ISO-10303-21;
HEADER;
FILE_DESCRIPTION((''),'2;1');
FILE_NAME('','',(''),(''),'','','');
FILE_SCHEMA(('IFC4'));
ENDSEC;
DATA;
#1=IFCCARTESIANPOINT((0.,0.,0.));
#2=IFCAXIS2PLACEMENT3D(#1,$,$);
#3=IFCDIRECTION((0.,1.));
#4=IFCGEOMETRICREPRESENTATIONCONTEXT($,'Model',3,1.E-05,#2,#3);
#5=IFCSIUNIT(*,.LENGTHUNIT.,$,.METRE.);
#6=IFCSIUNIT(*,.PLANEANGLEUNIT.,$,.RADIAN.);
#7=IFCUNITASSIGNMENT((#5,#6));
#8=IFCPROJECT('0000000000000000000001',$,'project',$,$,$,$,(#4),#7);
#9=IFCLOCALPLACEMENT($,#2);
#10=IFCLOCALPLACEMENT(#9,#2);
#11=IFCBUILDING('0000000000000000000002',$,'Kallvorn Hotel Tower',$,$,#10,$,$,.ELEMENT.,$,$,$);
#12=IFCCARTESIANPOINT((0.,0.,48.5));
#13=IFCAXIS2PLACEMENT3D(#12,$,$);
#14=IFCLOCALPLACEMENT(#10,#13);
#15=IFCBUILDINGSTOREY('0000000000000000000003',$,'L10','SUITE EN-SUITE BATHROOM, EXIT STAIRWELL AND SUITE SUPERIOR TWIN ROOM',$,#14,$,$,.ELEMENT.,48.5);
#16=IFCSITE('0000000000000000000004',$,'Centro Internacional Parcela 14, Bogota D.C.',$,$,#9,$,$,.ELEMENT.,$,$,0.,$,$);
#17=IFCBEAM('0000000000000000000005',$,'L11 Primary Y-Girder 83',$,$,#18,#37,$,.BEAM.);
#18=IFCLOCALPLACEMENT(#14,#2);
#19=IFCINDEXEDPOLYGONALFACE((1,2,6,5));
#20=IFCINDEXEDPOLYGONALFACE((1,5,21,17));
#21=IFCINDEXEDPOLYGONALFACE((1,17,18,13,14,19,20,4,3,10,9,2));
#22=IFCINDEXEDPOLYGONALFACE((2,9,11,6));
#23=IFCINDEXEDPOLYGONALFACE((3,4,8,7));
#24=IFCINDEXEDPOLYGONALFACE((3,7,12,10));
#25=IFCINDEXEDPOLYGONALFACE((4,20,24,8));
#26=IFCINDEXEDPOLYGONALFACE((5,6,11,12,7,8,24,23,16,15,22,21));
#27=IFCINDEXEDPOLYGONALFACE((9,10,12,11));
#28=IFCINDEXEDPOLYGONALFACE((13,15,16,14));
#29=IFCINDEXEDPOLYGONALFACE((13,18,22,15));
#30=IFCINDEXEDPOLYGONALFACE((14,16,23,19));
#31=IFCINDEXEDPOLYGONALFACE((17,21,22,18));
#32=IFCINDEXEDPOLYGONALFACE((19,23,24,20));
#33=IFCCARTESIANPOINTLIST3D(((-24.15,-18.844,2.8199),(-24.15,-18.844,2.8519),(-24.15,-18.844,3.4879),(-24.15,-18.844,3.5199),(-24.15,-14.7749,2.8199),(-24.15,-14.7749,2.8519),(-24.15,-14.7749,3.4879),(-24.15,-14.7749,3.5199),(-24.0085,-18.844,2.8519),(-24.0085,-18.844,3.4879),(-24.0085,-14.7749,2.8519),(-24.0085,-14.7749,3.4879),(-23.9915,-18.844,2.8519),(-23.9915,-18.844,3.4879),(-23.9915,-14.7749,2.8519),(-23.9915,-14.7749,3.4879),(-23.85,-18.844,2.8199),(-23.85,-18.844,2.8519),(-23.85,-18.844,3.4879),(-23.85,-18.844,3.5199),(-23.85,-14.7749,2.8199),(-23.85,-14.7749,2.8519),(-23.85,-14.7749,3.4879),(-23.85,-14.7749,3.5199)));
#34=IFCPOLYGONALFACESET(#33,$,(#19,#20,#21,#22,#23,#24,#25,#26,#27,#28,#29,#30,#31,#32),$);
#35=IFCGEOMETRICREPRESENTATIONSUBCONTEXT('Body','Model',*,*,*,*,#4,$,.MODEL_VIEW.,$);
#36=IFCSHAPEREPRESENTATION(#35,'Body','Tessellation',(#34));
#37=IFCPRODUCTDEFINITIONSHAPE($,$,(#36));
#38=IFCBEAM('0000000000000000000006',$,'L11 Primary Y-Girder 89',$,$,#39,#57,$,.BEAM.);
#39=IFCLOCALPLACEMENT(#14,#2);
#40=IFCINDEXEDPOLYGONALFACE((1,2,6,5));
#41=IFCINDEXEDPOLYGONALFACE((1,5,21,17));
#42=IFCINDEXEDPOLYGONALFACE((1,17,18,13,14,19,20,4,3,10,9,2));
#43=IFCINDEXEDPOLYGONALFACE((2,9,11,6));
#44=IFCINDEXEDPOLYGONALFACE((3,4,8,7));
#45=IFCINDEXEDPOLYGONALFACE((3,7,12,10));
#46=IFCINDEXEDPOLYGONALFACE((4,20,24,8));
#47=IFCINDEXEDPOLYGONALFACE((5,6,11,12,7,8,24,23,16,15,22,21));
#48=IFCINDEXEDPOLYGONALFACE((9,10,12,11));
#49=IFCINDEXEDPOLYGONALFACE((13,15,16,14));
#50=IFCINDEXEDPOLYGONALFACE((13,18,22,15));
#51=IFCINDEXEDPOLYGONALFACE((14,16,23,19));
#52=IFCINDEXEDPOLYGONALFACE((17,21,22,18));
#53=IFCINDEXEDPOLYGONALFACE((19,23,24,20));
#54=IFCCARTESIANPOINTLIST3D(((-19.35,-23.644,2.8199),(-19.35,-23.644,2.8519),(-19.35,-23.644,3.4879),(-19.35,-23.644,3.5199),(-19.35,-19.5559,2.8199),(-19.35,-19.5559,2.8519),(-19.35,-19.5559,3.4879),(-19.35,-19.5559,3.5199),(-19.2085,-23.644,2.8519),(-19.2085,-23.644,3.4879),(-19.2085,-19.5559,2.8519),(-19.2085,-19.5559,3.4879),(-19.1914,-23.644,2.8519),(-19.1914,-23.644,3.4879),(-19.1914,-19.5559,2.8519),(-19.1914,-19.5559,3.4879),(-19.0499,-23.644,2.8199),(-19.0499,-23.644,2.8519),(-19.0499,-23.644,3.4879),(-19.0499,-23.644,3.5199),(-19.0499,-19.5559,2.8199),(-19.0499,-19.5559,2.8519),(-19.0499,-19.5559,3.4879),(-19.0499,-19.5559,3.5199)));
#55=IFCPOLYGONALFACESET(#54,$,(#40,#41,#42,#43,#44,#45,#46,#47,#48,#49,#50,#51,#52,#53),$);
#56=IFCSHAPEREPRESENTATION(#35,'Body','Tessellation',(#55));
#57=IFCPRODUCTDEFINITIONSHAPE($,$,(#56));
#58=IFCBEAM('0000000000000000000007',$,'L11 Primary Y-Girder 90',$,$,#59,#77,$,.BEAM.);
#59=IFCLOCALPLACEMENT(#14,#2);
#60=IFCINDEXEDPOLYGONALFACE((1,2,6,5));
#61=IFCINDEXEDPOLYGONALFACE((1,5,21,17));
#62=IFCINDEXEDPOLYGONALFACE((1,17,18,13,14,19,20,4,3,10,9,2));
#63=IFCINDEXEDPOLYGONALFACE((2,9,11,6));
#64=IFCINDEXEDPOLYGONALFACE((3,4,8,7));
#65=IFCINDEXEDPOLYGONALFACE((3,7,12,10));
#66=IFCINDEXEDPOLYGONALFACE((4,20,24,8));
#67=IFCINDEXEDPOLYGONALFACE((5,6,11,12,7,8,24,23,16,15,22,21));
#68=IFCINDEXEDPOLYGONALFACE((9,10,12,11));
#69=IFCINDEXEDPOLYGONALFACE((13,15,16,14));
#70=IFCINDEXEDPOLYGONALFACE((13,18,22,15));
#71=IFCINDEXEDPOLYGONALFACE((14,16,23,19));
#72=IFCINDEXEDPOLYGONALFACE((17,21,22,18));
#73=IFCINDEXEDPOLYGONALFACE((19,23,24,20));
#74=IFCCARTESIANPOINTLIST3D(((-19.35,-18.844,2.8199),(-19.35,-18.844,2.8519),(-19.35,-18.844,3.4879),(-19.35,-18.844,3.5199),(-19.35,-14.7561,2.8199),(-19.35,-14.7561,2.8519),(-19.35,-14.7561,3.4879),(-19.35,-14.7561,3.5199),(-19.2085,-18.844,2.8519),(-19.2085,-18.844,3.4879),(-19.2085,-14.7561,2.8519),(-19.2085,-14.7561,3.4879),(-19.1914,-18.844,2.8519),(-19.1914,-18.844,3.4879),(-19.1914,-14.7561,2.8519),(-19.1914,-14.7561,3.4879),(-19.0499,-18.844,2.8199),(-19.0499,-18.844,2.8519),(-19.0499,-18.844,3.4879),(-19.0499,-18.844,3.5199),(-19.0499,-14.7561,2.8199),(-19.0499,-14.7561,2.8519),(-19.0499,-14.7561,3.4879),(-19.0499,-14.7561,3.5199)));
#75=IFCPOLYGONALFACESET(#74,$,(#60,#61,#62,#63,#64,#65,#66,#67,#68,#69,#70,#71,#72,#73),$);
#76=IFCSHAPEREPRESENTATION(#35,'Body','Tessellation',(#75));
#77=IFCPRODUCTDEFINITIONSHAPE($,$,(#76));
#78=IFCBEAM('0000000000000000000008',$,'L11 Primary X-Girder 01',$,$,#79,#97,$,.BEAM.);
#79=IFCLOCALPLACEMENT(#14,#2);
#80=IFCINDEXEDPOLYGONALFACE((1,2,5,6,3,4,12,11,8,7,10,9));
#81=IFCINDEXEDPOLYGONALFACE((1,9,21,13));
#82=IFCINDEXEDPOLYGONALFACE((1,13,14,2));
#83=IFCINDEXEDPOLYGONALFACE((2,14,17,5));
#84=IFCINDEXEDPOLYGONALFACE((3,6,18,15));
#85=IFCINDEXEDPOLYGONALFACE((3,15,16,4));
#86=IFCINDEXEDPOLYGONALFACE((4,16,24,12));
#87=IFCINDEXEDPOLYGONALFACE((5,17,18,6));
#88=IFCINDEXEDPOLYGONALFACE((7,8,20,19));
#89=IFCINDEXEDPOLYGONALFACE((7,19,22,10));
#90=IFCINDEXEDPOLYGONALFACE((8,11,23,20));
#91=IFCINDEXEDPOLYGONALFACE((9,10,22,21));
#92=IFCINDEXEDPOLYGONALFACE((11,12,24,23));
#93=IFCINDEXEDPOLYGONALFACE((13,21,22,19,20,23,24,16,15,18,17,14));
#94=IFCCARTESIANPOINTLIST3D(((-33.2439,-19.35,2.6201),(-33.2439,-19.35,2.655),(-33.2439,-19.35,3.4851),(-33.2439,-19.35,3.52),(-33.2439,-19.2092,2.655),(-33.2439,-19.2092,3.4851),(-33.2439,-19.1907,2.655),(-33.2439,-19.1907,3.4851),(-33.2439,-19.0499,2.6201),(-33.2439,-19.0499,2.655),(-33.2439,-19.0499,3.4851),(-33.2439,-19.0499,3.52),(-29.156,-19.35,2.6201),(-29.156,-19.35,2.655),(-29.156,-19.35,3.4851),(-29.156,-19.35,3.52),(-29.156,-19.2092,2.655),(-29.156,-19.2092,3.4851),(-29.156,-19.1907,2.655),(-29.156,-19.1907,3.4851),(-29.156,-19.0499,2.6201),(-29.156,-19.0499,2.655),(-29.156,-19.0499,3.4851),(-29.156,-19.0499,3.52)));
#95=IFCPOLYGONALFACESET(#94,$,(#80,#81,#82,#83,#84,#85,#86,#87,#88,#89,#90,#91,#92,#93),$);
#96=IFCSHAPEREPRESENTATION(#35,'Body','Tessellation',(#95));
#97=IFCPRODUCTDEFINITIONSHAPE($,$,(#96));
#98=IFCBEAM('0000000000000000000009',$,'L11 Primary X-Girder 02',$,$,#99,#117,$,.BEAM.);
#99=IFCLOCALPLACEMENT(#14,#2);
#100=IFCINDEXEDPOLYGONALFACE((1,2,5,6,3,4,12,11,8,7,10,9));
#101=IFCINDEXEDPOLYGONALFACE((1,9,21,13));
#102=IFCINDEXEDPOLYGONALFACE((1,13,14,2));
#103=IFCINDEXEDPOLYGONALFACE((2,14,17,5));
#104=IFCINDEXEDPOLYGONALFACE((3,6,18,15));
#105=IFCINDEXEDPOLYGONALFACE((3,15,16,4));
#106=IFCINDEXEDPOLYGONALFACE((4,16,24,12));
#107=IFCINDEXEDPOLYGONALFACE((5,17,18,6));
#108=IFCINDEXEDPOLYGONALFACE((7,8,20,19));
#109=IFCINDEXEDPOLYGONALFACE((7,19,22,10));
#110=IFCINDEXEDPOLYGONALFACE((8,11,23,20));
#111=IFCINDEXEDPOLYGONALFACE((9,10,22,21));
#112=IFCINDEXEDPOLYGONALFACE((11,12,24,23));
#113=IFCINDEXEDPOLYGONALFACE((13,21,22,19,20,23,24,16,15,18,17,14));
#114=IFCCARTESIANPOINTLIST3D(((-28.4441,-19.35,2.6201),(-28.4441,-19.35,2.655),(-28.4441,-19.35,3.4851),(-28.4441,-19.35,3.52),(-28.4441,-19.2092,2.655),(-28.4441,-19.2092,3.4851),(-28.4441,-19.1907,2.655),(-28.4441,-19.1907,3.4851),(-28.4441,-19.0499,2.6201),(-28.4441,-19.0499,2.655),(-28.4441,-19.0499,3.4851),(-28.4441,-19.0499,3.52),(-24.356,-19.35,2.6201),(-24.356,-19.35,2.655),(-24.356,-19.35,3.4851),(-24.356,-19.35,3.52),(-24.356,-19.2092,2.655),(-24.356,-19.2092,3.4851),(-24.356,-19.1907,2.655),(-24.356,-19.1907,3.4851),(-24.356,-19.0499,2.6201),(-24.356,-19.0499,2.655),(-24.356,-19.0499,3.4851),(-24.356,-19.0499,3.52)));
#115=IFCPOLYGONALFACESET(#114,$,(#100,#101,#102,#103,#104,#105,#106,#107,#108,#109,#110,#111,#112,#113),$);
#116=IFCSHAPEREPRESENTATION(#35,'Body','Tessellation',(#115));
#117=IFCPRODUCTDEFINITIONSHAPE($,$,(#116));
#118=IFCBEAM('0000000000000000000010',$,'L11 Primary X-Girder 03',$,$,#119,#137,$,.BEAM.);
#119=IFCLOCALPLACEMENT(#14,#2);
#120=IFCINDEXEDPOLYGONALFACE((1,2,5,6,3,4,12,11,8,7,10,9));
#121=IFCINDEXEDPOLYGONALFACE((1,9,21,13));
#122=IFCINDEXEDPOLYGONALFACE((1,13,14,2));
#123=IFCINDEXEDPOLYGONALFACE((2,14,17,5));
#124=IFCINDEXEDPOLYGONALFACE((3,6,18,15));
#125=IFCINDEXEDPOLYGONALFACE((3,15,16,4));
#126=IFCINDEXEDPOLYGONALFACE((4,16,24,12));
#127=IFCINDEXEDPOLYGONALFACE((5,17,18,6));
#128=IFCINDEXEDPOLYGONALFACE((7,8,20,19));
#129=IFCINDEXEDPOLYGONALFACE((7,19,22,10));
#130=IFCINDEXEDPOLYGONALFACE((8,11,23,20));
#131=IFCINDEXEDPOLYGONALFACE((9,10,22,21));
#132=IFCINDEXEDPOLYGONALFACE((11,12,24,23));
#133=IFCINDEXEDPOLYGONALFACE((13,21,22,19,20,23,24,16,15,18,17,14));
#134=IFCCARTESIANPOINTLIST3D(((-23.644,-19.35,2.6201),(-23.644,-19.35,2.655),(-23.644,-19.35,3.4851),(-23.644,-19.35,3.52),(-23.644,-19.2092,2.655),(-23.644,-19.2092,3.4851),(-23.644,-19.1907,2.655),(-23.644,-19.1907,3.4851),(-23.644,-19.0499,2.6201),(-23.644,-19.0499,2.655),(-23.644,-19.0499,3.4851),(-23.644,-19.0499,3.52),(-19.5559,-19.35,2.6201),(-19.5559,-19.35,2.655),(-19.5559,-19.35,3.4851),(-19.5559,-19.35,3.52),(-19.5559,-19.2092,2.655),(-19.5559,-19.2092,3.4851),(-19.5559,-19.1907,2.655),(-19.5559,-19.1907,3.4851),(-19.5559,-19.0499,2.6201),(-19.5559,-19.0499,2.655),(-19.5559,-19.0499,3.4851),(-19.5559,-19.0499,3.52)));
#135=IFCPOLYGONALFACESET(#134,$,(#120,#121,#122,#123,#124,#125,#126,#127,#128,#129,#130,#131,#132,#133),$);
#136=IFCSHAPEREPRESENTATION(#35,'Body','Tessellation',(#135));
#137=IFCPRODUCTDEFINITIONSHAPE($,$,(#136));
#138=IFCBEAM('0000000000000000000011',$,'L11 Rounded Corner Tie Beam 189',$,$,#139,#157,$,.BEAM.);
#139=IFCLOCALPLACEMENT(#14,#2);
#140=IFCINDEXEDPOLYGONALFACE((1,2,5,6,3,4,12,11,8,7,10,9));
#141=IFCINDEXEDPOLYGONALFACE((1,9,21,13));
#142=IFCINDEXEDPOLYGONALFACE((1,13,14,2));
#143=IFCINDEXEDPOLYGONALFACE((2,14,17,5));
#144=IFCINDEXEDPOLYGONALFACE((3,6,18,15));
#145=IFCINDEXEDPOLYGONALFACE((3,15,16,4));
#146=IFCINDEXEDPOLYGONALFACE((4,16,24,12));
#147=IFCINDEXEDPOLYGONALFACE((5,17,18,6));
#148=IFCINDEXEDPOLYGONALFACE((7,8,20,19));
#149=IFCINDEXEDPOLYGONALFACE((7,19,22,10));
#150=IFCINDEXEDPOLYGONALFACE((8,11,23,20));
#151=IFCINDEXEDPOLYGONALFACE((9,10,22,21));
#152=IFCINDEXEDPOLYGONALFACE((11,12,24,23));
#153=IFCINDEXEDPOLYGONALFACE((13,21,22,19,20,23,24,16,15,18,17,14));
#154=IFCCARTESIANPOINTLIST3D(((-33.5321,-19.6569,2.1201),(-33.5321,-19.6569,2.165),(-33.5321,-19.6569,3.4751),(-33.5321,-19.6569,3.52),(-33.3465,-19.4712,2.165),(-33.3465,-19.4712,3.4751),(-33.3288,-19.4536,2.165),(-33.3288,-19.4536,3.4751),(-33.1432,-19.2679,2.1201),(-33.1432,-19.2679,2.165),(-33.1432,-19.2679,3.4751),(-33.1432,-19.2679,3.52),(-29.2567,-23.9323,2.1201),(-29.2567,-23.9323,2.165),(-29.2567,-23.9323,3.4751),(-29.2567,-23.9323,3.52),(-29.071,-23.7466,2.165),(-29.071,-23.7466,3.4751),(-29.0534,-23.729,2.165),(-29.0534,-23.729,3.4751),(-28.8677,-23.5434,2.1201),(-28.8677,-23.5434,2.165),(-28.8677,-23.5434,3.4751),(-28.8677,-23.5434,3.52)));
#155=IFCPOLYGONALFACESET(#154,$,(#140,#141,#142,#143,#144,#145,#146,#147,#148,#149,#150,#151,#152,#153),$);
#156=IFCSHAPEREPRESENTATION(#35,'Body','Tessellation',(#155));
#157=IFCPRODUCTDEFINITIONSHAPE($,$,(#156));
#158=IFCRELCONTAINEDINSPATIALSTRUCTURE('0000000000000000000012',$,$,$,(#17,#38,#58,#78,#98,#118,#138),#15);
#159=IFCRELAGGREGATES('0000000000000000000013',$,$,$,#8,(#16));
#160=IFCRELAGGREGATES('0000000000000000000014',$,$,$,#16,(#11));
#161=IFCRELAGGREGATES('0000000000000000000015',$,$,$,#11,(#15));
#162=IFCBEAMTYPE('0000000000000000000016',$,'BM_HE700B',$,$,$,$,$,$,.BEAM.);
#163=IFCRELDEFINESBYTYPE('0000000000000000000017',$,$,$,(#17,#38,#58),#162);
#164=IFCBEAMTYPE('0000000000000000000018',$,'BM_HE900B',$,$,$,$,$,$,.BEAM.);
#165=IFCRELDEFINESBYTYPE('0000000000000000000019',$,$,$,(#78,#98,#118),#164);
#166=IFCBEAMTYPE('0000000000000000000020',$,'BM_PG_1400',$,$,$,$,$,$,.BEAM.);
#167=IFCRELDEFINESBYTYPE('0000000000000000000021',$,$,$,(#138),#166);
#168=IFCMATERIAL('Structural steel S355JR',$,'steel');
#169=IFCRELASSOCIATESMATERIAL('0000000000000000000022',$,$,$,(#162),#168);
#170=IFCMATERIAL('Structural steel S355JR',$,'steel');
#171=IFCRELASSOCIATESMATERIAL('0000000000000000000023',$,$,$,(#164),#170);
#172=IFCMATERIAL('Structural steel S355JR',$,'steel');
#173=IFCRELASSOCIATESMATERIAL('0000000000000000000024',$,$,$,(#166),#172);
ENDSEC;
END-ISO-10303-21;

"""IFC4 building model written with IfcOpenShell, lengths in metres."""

from ifc_helpers import new_model, si_unit, direction, frame, origin, origin_2d, place, context, subcontext, project, spatial, i_section, extrude, material, material_profile, profile_set, type_object, element, save


model = new_model("IFC4")

# Units and contexts
model_context = context("Model", 3, precision=1e-05, world=origin(), true_north=direction((0.0, 1.0)))
body_context = subcontext(model_context, "Body", "Model", "MODEL_VIEW")
ifc_project = project(units=[si_unit("LENGTHUNIT", "METRE"), si_unit("PLANEANGLEUNIT", "RADIAN")], contexts=[model_context])

# Site, building, storey
site_placement = place(None, origin())
site = spatial("IfcSite", under=ifc_project, at=site_placement, Name="Centro Internacional Parcela 14, Bogota D.C.", CompositionType="ELEMENT", RefElevation=0.0)
building_placement = place(site_placement, origin())
building = spatial("IfcBuilding", under=site, at=building_placement, Name="Kallvorn Hotel Tower", CompositionType="ELEMENT")
storey_placement = place(building_placement, frame((0.0, 0.0, 48.5)))
storey = spatial("IfcBuildingStorey", under=building, at=storey_placement, Name="L10", Description="SUITE EN-SUITE BATHROOM, EXIT STAIRWELL AND SUITE SUPERIOR TWIN ROOM", CompositionType="ELEMENT", Elevation=48.5)

# Beams
ifc_material_1 = material(Name="Structural steel S355JR", Category="steel")
ifc_material_profile_1 = material_profile(ifc_material_1, i_section(OverallWidth=0.3, OverallDepth=0.7, WebThickness=0.0171, FlangeThickness=0.032, at=origin_2d()), Name="HE 700 B")
ifc_profile_set_1 = profile_set([ifc_material_profile_1], Name="Structural steel S355JR")
beam_type_1 = type_object("IfcBeamType", Name="BM_HE700B", PredefinedType="BEAM", material=ifc_profile_set_1)
beam_1_placement = place(storey_placement, frame((-24.0, -18.844, 3.1699), z_axis=(0.0, 1.0, 0.0), x_axis=(-1.0, 0.0, 0.0)))
element("IfcBeam", 1, at=beam_1_placement, inside=storey, type_object=beam_type_1, Name="L11 Primary Y-Girder 83", PredefinedType="BEAM", context=body_context, shape_type="SweptSolid", body=[
    extrude(i_section(OverallWidth=0.3, OverallDepth=0.7, WebThickness=0.0171, FlangeThickness=0.032, at=origin_2d()), origin(), (0.0, 0.0, 1.0), 4.0691),
])
beam_2_placement = place(storey_placement, frame((-19.2, -23.644, 3.1699), z_axis=(0.0, 1.0, 0.0), x_axis=(-1.0, 0.0, 0.0)))
element("IfcBeam", 2, at=beam_2_placement, inside=storey, type_object=beam_type_1, Name="L11 Primary Y-Girder 89", PredefinedType="BEAM", context=body_context, shape_type="SweptSolid", body=[
    extrude(i_section(OverallWidth=0.3, OverallDepth=0.7, WebThickness=0.0171, FlangeThickness=0.032, at=origin_2d()), origin(), (0.0, 0.0, 1.0), 4.0881),
])
beam_3_placement = place(storey_placement, frame((-19.2, -18.844, 3.1699), z_axis=(0.0, 1.0, 0.0), x_axis=(-1.0, 0.0, 0.0)))
element("IfcBeam", 3, at=beam_3_placement, inside=storey, type_object=beam_type_1, Name="L11 Primary Y-Girder 90", PredefinedType="BEAM", context=body_context, shape_type="SweptSolid", body=[
    extrude(i_section(OverallWidth=0.3, OverallDepth=0.7, WebThickness=0.0171, FlangeThickness=0.032, at=origin_2d()), origin(), (0.0, 0.0, 1.0), 4.0879),
])
ifc_material_2 = material(Name="Structural steel S355JR", Category="steel")
ifc_material_profile_2 = material_profile(ifc_material_2, i_section(OverallWidth=0.3, OverallDepth=0.8999, WebThickness=0.0186, FlangeThickness=0.0349, at=origin_2d()), Name="HE 900 B")
ifc_profile_set_2 = profile_set([ifc_material_profile_2], Name="Structural steel S355JR")
beam_type_2 = type_object("IfcBeamType", Name="BM_HE900B", PredefinedType="BEAM", material=ifc_profile_set_2)
beam_4_placement = place(storey_placement, frame((-33.2439, -19.2, 3.0701), z_axis=(1.0, 0.0, 0.0), x_axis=(0.0, 1.0, 0.0)))
element("IfcBeam", 4, at=beam_4_placement, inside=storey, type_object=beam_type_2, Name="L11 Primary X-Girder 01", PredefinedType="BEAM", context=body_context, shape_type="SweptSolid", body=[
    extrude(i_section(OverallWidth=0.3, OverallDepth=0.8999, WebThickness=0.0186, FlangeThickness=0.0349, at=origin_2d()), origin(), (0.0, 0.0, 1.0), 4.0879),
])
for number, where, z_axis, x_axis, name in (
    (5, (-28.4441, -19.2, 3.0701), (1.0, 0.0, 0.0), (0.0, 1.0, 0.0), "L11 Primary X-Girder 02"),
    (6, (-23.644, -19.2, 3.0701), (1.0, 0.0, 0.0), (0.0, 1.0, 0.0), "L11 Primary X-Girder 03"),
):
    element("IfcBeam", number, at=place(storey_placement, frame(where, z_axis=z_axis, x_axis=x_axis)), inside=storey, type_object=beam_type_2, Name=name, PredefinedType="BEAM", context=body_context, shape_type="SweptSolid", body=[
        extrude(i_section(OverallWidth=0.3, OverallDepth=0.8999, WebThickness=0.0186, FlangeThickness=0.0349, at=origin_2d()), origin(), (0.0, 0.0, 1.0), 4.0881),
    ])
ifc_material_3 = material(Name="Structural steel S355JR", Category="steel")
ifc_material_profile_3 = material_profile(ifc_material_3, i_section(OverallWidth=0.55, OverallDepth=1.3999, WebThickness=0.0249, FlangeThickness=0.0449, at=origin_2d()), Name="PG 1400x550x25x45")
ifc_profile_set_3 = profile_set([ifc_material_profile_3], Name="Structural steel S355JR")
beam_type_3 = type_object("IfcBeamType", Name="BM_PG_1400", PredefinedType="BEAM", material=ifc_profile_set_3)
beam_5_placement = place(storey_placement, frame((-33.3376, -19.4624, 2.8201), z_axis=(0.707107, -0.707107, 0.0), x_axis=(0.707107, 0.707107, 0.0)))
element("IfcBeam", 7, at=beam_5_placement, inside=storey, type_object=beam_type_3, Name="L11 Rounded Corner Tie Beam 189", PredefinedType="BEAM", context=body_context, shape_type="SweptSolid", body=[
    extrude(i_section(OverallWidth=0.55, OverallDepth=1.3999, WebThickness=0.0249, FlangeThickness=0.0449, at=origin_2d()), origin(), (0.0, 0.0, 1.0), 6.0464),
])

save(model, "model.ifc")
